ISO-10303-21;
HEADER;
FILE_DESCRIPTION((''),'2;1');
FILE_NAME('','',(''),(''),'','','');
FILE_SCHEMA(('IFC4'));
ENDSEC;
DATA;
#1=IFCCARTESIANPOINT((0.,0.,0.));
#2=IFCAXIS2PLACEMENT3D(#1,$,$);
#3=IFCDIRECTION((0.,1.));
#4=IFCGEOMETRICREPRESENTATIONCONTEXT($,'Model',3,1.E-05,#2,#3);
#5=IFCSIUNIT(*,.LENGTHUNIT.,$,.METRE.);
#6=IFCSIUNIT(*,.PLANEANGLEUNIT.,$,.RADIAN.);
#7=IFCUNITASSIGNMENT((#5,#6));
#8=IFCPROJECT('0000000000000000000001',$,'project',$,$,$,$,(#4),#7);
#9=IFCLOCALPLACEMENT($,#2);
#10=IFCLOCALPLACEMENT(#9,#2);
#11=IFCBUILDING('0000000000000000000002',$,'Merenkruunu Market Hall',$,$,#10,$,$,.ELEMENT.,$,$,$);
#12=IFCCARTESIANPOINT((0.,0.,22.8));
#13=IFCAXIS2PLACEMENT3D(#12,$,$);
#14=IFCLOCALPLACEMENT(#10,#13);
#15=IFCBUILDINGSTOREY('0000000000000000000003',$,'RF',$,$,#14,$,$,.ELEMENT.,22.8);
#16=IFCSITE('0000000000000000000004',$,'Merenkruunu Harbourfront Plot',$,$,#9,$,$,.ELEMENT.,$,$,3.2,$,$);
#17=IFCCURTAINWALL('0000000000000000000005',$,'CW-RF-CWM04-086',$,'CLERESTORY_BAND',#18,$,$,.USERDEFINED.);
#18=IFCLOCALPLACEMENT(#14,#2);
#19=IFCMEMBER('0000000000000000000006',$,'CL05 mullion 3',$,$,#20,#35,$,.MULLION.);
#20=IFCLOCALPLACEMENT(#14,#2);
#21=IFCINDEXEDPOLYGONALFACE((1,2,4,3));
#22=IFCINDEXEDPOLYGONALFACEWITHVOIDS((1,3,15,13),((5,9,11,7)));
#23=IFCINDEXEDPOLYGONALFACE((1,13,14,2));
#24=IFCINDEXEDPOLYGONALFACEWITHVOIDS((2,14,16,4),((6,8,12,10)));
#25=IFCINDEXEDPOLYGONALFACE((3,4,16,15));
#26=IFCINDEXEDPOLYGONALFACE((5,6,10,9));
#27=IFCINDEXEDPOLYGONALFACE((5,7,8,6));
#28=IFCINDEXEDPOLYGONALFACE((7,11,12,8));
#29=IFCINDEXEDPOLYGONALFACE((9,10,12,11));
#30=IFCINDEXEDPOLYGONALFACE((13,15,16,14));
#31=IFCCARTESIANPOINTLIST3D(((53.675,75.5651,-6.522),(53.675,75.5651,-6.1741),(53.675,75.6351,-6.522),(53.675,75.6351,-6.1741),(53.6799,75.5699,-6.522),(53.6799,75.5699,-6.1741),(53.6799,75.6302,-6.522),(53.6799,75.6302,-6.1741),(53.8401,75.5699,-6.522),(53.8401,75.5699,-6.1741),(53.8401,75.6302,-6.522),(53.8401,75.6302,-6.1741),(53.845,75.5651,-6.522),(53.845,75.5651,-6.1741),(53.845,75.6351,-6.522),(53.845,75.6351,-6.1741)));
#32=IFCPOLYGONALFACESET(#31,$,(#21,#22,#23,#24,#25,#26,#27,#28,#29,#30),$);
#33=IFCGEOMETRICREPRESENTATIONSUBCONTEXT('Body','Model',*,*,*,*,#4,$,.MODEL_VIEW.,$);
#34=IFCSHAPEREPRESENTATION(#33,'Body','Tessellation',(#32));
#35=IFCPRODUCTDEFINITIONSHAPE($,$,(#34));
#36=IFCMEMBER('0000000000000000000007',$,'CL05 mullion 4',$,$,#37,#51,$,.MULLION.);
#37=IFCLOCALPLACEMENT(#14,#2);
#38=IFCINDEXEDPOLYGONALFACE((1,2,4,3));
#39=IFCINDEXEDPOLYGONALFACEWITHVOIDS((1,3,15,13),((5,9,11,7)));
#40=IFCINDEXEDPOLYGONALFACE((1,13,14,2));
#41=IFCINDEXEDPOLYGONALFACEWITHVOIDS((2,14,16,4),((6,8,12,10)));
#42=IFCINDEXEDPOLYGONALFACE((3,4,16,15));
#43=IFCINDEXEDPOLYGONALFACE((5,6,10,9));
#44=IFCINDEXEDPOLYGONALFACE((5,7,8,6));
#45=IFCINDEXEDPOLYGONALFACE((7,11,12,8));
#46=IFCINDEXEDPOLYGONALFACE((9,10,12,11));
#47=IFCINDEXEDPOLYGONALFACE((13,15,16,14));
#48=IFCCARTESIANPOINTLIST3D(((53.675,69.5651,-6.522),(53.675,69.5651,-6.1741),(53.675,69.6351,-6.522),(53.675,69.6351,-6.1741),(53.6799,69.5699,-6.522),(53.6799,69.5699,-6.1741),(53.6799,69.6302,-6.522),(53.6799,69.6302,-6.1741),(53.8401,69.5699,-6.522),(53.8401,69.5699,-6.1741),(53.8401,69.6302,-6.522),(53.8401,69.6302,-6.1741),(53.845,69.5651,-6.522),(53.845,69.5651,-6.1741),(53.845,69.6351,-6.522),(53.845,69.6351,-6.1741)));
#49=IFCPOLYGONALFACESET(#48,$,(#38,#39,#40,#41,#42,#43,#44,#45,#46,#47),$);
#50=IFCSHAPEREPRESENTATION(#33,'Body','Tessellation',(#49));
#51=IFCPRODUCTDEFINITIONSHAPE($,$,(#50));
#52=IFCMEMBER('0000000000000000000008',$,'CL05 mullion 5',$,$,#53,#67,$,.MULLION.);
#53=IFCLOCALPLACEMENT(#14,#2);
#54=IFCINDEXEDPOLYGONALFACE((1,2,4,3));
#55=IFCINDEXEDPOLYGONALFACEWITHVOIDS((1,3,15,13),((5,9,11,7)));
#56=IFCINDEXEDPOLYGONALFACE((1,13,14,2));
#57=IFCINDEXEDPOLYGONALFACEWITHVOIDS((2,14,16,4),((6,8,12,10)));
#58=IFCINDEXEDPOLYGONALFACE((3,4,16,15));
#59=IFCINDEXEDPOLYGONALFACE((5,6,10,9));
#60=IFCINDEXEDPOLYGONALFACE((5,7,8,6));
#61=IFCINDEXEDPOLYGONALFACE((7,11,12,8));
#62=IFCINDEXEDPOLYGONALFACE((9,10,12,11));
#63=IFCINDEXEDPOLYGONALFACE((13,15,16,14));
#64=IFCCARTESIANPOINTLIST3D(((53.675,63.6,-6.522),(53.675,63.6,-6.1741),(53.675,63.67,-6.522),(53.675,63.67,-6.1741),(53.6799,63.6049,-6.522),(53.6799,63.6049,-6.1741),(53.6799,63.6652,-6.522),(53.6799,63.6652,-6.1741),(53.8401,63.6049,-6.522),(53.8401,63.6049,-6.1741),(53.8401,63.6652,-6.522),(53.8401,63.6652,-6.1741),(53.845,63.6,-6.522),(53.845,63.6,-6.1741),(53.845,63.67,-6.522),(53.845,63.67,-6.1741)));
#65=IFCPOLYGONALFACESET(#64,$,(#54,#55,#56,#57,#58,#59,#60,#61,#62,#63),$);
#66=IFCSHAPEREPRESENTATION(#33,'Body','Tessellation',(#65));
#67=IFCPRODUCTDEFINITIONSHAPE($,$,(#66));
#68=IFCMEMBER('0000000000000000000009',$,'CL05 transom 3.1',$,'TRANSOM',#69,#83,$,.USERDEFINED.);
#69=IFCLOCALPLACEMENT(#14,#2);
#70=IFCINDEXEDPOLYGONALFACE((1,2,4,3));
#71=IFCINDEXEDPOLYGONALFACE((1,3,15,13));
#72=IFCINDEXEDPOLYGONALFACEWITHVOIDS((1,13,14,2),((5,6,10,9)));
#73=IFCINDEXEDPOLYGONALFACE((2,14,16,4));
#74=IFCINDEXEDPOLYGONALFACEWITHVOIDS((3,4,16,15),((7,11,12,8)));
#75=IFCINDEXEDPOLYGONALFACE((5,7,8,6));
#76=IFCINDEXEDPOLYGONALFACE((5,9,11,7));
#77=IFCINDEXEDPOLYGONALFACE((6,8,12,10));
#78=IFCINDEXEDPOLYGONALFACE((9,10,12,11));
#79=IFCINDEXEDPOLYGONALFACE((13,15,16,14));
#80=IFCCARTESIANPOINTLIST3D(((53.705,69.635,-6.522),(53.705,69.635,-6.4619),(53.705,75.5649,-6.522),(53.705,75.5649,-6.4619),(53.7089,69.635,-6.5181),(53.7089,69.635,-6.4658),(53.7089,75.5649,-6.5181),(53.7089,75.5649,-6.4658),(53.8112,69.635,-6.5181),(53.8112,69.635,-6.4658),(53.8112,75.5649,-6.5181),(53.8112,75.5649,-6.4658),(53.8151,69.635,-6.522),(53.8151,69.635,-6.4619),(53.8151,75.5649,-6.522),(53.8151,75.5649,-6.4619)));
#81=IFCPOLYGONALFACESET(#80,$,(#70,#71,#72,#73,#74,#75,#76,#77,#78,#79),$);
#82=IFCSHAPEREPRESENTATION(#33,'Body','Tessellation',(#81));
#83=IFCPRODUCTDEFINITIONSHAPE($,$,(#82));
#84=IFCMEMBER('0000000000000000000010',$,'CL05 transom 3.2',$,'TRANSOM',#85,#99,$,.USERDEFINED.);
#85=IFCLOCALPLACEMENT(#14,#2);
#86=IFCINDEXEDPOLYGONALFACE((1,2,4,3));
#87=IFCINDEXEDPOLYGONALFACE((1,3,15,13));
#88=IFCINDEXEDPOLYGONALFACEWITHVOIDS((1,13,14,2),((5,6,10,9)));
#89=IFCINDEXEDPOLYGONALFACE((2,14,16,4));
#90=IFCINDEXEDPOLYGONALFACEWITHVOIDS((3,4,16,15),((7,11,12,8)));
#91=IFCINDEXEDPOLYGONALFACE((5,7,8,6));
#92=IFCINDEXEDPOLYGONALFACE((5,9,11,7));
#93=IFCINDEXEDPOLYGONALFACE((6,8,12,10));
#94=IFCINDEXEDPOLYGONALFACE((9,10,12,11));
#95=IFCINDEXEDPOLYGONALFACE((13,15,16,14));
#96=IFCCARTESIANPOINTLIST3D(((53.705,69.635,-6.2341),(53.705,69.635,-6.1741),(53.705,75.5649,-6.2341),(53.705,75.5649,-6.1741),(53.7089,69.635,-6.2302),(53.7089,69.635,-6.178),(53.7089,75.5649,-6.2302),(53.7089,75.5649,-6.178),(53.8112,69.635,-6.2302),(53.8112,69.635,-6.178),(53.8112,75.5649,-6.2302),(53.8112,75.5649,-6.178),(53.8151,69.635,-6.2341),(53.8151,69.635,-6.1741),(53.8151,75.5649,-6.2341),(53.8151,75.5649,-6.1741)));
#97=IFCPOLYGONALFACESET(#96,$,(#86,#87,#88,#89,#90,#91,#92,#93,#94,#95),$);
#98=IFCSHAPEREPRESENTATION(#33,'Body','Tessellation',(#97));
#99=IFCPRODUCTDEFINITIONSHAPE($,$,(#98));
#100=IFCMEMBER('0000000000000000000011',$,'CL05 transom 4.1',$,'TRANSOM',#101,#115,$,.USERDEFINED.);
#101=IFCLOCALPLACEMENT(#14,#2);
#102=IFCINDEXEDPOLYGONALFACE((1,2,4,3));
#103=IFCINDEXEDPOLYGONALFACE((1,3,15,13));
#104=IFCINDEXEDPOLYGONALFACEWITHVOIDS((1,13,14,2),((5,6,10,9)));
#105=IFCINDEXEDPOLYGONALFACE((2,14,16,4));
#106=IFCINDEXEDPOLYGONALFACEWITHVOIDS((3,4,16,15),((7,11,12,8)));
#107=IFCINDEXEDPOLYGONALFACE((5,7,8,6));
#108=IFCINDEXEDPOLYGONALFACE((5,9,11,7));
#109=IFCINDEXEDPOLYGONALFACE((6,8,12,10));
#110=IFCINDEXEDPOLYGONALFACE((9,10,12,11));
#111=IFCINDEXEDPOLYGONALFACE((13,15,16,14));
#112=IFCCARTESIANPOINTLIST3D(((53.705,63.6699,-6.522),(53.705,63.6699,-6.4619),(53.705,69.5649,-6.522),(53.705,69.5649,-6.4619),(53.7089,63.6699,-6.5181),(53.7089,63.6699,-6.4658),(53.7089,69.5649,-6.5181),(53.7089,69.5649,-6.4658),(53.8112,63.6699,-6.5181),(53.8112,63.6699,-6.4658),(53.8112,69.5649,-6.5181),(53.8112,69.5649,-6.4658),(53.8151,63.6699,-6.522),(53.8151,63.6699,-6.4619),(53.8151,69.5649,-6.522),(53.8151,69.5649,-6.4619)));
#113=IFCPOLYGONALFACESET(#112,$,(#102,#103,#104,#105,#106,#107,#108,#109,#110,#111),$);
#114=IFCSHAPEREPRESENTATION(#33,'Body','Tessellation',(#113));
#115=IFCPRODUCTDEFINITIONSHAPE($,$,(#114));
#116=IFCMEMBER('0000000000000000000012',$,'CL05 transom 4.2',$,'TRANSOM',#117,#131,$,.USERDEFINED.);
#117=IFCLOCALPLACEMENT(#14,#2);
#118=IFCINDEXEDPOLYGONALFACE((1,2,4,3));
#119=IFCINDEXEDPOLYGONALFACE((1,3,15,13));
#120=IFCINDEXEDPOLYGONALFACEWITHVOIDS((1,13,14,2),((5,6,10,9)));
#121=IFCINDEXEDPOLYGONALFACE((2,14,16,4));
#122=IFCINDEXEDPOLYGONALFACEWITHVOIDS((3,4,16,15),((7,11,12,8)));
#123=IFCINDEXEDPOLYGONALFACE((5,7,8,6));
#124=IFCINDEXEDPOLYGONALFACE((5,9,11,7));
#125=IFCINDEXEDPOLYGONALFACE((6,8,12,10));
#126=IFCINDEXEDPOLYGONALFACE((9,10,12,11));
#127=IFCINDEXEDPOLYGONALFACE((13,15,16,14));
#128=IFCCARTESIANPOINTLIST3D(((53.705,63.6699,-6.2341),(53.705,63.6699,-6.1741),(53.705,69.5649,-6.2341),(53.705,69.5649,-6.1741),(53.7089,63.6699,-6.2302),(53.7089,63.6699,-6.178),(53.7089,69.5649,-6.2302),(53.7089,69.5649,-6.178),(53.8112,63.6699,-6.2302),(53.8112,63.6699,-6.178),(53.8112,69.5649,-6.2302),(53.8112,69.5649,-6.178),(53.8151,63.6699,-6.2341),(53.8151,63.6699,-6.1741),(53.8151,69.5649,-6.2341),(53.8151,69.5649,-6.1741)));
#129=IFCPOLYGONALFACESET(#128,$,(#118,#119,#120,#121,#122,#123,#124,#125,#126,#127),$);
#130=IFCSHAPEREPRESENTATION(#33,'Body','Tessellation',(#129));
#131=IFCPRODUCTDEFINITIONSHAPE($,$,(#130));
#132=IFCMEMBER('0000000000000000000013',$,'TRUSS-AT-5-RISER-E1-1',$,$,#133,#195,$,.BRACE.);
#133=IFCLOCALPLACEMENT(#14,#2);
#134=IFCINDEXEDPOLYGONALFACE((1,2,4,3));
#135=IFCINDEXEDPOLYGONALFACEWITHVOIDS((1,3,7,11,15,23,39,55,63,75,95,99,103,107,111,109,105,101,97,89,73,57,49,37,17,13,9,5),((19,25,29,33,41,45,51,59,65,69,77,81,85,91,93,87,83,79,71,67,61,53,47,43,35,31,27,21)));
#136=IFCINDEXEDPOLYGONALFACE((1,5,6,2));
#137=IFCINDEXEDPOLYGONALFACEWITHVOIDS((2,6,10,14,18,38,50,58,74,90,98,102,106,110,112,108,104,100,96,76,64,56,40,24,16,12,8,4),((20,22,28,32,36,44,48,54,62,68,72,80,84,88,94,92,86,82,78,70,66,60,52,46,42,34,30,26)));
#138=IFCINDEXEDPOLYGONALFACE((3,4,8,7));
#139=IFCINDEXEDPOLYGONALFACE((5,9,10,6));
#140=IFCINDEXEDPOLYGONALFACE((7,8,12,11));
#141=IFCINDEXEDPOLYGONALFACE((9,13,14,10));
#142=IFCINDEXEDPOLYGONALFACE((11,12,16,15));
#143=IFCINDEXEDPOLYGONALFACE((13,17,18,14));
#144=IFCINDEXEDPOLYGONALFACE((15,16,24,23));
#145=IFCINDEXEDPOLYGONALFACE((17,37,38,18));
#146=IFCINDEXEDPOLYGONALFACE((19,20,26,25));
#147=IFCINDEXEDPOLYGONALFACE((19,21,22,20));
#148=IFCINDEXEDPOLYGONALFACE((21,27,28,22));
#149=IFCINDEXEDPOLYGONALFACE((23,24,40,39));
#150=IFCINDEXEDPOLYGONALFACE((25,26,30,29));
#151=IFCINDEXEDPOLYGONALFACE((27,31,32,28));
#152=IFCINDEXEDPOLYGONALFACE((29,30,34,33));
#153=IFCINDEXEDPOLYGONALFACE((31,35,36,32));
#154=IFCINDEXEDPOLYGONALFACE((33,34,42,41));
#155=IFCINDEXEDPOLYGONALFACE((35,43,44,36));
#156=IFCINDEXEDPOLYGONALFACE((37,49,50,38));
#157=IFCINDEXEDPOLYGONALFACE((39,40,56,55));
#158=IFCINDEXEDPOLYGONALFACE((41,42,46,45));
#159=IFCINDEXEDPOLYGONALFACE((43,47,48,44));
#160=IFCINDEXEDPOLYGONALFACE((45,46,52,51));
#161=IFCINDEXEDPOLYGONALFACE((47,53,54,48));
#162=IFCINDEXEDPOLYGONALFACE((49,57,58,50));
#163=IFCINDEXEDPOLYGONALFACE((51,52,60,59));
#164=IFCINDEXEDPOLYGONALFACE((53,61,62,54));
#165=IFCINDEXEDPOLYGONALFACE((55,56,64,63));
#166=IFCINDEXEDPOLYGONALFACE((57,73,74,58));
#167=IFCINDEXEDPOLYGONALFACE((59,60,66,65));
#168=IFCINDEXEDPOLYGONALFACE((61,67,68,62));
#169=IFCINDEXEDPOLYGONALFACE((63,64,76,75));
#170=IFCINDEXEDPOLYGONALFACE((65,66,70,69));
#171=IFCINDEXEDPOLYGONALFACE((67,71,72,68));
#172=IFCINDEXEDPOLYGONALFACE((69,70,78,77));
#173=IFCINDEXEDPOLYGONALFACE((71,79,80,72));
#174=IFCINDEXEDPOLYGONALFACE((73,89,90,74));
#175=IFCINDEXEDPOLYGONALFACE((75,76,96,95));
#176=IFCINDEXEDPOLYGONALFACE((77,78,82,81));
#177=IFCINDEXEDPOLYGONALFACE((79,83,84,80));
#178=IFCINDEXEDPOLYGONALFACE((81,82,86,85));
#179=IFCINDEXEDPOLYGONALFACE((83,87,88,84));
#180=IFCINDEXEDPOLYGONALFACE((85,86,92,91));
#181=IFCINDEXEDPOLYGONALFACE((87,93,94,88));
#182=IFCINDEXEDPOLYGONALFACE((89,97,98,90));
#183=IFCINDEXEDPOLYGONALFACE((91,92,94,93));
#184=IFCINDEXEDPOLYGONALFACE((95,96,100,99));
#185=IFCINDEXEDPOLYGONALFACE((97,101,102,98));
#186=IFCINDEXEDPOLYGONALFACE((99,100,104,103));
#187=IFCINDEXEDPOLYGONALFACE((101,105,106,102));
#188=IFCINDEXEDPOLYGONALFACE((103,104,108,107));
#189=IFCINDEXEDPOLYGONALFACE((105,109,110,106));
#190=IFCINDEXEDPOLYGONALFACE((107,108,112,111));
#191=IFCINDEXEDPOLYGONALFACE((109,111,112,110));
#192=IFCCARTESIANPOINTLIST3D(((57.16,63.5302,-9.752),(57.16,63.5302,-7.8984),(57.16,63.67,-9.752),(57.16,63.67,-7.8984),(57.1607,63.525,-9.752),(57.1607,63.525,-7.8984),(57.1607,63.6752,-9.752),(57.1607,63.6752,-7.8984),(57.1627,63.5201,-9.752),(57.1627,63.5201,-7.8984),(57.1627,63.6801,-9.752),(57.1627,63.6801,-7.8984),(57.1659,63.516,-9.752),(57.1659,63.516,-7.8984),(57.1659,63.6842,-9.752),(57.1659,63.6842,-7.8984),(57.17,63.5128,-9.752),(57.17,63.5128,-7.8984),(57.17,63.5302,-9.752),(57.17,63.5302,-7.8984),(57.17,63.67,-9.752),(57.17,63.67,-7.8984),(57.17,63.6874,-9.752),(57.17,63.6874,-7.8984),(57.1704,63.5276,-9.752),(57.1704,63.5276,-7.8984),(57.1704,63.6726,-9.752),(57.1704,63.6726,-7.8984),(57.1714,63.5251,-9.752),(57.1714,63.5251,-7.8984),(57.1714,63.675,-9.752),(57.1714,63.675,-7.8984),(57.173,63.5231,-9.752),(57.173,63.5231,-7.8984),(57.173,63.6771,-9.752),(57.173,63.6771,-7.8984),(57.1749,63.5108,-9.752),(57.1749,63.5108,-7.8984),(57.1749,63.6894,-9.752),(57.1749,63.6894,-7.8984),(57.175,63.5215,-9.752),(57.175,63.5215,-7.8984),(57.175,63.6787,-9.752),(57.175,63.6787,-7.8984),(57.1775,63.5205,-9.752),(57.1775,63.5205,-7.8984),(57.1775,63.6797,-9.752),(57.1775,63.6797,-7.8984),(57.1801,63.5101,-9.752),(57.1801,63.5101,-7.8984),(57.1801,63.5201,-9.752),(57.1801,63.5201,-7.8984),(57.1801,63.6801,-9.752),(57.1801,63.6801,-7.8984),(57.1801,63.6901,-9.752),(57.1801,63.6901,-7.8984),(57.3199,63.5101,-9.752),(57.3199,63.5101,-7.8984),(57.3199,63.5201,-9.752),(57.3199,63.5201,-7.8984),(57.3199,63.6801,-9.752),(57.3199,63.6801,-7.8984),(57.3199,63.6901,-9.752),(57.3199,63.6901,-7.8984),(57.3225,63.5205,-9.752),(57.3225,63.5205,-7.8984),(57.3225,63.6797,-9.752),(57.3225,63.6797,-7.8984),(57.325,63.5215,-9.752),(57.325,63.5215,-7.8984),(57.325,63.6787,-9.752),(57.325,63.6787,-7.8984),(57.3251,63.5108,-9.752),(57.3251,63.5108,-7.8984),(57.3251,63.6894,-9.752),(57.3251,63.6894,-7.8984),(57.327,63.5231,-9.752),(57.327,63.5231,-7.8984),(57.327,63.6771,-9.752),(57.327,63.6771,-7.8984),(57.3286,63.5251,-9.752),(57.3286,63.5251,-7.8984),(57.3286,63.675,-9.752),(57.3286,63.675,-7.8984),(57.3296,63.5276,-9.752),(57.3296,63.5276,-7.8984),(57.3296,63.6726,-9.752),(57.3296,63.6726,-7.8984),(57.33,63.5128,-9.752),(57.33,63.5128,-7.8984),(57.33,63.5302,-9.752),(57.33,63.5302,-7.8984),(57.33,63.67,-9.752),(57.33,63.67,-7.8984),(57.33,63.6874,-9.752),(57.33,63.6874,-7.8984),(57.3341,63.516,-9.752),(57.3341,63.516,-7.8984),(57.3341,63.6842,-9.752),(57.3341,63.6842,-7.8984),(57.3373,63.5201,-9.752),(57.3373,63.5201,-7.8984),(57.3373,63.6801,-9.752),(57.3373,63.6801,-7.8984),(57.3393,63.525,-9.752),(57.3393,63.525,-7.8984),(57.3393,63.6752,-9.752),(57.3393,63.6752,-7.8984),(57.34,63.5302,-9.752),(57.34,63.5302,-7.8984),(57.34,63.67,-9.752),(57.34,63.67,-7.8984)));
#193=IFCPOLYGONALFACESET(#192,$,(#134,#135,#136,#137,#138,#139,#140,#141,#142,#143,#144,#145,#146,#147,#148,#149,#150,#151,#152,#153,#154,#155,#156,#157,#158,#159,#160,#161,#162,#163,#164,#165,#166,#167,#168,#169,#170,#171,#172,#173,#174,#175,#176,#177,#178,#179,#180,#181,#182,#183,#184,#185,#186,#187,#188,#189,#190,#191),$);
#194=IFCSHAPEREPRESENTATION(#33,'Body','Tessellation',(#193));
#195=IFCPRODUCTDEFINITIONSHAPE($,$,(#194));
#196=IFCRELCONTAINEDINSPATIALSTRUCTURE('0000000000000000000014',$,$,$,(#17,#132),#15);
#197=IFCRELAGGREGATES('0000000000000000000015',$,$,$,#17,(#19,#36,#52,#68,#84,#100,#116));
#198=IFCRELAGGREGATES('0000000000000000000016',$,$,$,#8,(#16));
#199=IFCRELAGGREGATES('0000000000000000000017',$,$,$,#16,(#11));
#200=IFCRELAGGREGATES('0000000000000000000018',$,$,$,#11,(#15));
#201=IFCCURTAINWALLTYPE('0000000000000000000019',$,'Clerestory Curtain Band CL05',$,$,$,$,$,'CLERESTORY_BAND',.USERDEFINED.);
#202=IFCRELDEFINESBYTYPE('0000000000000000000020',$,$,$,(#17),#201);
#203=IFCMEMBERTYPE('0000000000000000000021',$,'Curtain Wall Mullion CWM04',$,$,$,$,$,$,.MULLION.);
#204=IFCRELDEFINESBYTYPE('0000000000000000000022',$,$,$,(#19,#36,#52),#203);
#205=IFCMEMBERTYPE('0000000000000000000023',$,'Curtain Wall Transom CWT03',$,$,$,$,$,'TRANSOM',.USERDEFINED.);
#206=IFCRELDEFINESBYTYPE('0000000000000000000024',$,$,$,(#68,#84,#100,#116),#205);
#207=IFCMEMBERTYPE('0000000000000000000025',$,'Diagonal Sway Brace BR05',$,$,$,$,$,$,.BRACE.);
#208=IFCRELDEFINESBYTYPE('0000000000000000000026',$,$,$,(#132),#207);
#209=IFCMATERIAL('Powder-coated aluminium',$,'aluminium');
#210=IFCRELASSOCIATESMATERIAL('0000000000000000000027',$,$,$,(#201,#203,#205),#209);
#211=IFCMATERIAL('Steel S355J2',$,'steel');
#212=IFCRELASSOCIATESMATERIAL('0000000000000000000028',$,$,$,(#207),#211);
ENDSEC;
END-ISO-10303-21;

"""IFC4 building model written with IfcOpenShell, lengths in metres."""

from ifc_helpers import new_model, si_unit, direction, frame, origin, origin_2d, place, context, subcontext, project, spatial, hollow_rectangle, extrude, material, material_profile, profile_set, type_object, element, aggregate, save


model = new_model("IFC4")

# Units and contexts
model_context = context("Model", 3, precision=1e-05, world=origin(), true_north=direction((0.0, 1.0)))
body_context = subcontext(model_context, "Body", "Model", "MODEL_VIEW")
ifc_project = project(units=[si_unit("LENGTHUNIT", "METRE"), si_unit("PLANEANGLEUNIT", "RADIAN")], contexts=[model_context])

# Site, building, storey
site_placement = place(None, origin())
site = spatial("IfcSite", under=ifc_project, at=site_placement, Name="Merenkruunu Harbourfront Plot", CompositionType="ELEMENT", RefElevation=3.2)
building_placement = place(site_placement, origin())
building = spatial("IfcBuilding", under=site, at=building_placement, Name="Merenkruunu Market Hall", CompositionType="ELEMENT")
storey_placement = place(building_placement, frame((0.0, 0.0, 22.8)))
storey = spatial("IfcBuildingStorey", under=building, at=storey_placement, Name="RF", CompositionType="ELEMENT", Elevation=22.8)

# Curtain wall, members
ifc_material_1 = material(Name="Powder-coated aluminium", Category="aluminium")
curtain_wall_type = type_object("IfcCurtainWallType", Name="Clerestory Curtain Band CL05", ElementType="CLERESTORY_BAND", PredefinedType="USERDEFINED", material=ifc_material_1)
curtain_wall_placement = place(storey_placement, origin())
curtain_wall = element("IfcCurtainWall", 1, at=curtain_wall_placement, inside=storey, type_object=curtain_wall_type, Name="CW-RF-CWM04-086", ObjectType="CLERESTORY_BAND", PredefinedType="USERDEFINED")
ifc_material_profile_1 = material_profile(ifc_material_1, hollow_rectangle(XDim=0.0701, YDim=0.1699, WallThickness=0.0049, at=origin_2d()), Name="ALU 70x170x5")
ifc_profile_set_1 = profile_set([ifc_material_profile_1], Name="Powder-coated aluminium")
member_type_1 = type_object("IfcMemberType", Name="Curtain Wall Mullion CWM04", PredefinedType="MULLION", material=ifc_profile_set_1)
member_1_placement = place(storey_placement, frame((53.76, 75.6001, -6.522), z_axis=(0.0, 0.0, 1.0), x_axis=(0.0, -1.0, 0.0)))
member_1 = element("IfcMember", 2, at=member_1_placement, type_object=member_type_1, Name="CL05 mullion 3", PredefinedType="MULLION", context=body_context, shape_type="SweptSolid", body=[
    extrude(hollow_rectangle(XDim=0.0701, YDim=0.1699, WallThickness=0.0049, at=origin_2d()), origin(), (0.0, 0.0, 1.0), 0.3479),
])
member_2_placement = place(storey_placement, frame((53.76, 69.6001, -6.522), z_axis=(0.0, 0.0, 1.0), x_axis=(0.0, -1.0, 0.0)))
member_2 = element("IfcMember", 3, at=member_2_placement, type_object=member_type_1, Name="CL05 mullion 4", PredefinedType="MULLION", context=body_context, shape_type="SweptSolid", body=[
    extrude(hollow_rectangle(XDim=0.0701, YDim=0.1699, WallThickness=0.0049, at=origin_2d()), origin(), (0.0, 0.0, 1.0), 0.3479),
])
member_3_placement = place(storey_placement, frame((53.76, 63.635, -6.522), z_axis=(0.0, 0.0, 1.0), x_axis=(0.0, -1.0, 0.0)))
member_3 = element("IfcMember", 4, at=member_3_placement, type_object=member_type_1, Name="CL05 mullion 5", PredefinedType="MULLION", context=body_context, shape_type="SweptSolid", body=[
    extrude(hollow_rectangle(XDim=0.0701, YDim=0.1699, WallThickness=0.0049, at=origin_2d()), origin(), (0.0, 0.0, 1.0), 0.3479),
])
ifc_material_profile_2 = material_profile(ifc_material_1, hollow_rectangle(XDim=0.0601, YDim=0.1101, WallThickness=0.0039, at=origin_2d()), Name="ALU 60x110x4")
ifc_profile_set_2 = profile_set([ifc_material_profile_2], Name="Powder-coated aluminium")
member_type_2 = type_object("IfcMemberType", Name="Curtain Wall Transom CWT03", ElementType="TRANSOM", PredefinedType="USERDEFINED", material=ifc_profile_set_2)
member_4_placement = place(storey_placement, frame((53.76, 75.5649, -6.4919), z_axis=(0.0, -1.0, 0.0), x_axis=(0.0, 0.0, 1.0)))
member_4 = element("IfcMember", 5, at=member_4_placement, type_object=member_type_2, Name="CL05 transom 3.1", ObjectType="TRANSOM", PredefinedType="USERDEFINED", context=body_context, shape_type="SweptSolid", body=[
    extrude(hollow_rectangle(XDim=0.0601, YDim=0.1101, WallThickness=0.0039, at=origin_2d()), origin(), (0.0, 0.0, 1.0), 5.9299),
])
member_5_placement = place(storey_placement, frame((53.76, 75.5649, -6.2041), z_axis=(0.0, -1.0, 0.0), x_axis=(0.0, 0.0, 1.0)))
member_5 = element("IfcMember", 6, at=member_5_placement, type_object=member_type_2, Name="CL05 transom 3.2", ObjectType="TRANSOM", PredefinedType="USERDEFINED", context=body_context, shape_type="SweptSolid", body=[
    extrude(hollow_rectangle(XDim=0.0601, YDim=0.1101, WallThickness=0.0039, at=origin_2d()), origin(), (0.0, 0.0, 1.0), 5.9299),
])
member_6_placement = place(storey_placement, frame((53.76, 69.5649, -6.4919), z_axis=(0.0, -1.0, 0.0), x_axis=(0.0, 0.0, 1.0)))
member_6 = element("IfcMember", 7, at=member_6_placement, type_object=member_type_2, Name="CL05 transom 4.1", ObjectType="TRANSOM", PredefinedType="USERDEFINED", context=body_context, shape_type="SweptSolid", body=[
    extrude(hollow_rectangle(XDim=0.0601, YDim=0.1101, WallThickness=0.0039, at=origin_2d()), origin(), (0.0, 0.0, 1.0), 5.895),
])
member_7_placement = place(storey_placement, frame((53.76, 69.5649, -6.2041), z_axis=(0.0, -1.0, 0.0), x_axis=(0.0, 0.0, 1.0)))
member_7 = element("IfcMember", 8, at=member_7_placement, type_object=member_type_2, Name="CL05 transom 4.2", ObjectType="TRANSOM", PredefinedType="USERDEFINED", context=body_context, shape_type="SweptSolid", body=[
    extrude(hollow_rectangle(XDim=0.0601, YDim=0.1101, WallThickness=0.0039, at=origin_2d()), origin(), (0.0, 0.0, 1.0), 5.895),
])

# Member
ifc_material_2 = material(Name="Steel S355J2", Category="steel")
ifc_material_profile_3 = material_profile(ifc_material_2, hollow_rectangle(XDim=0.1799, YDim=0.1799, WallThickness=0.01, InnerFilletRadius=0.01, OuterFilletRadius=0.02, at=origin_2d()), Name="SHS 180x180x10")
ifc_profile_set_3 = profile_set([ifc_material_profile_3], Name="Steel S355J2")
member_type_3 = type_object("IfcMemberType", Name="Diagonal Sway Brace BR05", PredefinedType="BRACE", material=ifc_profile_set_3)
for number, where, z_axis, x_axis, name in (
    (9, (57.25, 63.6001, -9.752), (0.0, 0.0, 1.0), (1.0, 0.0, 0.0), "TRUSS-AT-5-RISER-E1-1"),
):
    element("IfcMember", number, at=place(storey_placement, frame(where, z_axis=z_axis, x_axis=x_axis)), inside=storey, type_object=member_type_3, Name=name, PredefinedType="BRACE", context=body_context, shape_type="SweptSolid", body=[
        extrude(hollow_rectangle(XDim=0.1799, YDim=0.1799, WallThickness=0.01, InnerFilletRadius=0.01, OuterFilletRadius=0.02, at=origin_2d()), origin(), (0.0, 0.0, 1.0), 1.8535),
    ])

aggregate(curtain_wall, [member_1, member_2, member_3, member_4, member_5, member_6, member_7])

save(model, "model.ifc")
